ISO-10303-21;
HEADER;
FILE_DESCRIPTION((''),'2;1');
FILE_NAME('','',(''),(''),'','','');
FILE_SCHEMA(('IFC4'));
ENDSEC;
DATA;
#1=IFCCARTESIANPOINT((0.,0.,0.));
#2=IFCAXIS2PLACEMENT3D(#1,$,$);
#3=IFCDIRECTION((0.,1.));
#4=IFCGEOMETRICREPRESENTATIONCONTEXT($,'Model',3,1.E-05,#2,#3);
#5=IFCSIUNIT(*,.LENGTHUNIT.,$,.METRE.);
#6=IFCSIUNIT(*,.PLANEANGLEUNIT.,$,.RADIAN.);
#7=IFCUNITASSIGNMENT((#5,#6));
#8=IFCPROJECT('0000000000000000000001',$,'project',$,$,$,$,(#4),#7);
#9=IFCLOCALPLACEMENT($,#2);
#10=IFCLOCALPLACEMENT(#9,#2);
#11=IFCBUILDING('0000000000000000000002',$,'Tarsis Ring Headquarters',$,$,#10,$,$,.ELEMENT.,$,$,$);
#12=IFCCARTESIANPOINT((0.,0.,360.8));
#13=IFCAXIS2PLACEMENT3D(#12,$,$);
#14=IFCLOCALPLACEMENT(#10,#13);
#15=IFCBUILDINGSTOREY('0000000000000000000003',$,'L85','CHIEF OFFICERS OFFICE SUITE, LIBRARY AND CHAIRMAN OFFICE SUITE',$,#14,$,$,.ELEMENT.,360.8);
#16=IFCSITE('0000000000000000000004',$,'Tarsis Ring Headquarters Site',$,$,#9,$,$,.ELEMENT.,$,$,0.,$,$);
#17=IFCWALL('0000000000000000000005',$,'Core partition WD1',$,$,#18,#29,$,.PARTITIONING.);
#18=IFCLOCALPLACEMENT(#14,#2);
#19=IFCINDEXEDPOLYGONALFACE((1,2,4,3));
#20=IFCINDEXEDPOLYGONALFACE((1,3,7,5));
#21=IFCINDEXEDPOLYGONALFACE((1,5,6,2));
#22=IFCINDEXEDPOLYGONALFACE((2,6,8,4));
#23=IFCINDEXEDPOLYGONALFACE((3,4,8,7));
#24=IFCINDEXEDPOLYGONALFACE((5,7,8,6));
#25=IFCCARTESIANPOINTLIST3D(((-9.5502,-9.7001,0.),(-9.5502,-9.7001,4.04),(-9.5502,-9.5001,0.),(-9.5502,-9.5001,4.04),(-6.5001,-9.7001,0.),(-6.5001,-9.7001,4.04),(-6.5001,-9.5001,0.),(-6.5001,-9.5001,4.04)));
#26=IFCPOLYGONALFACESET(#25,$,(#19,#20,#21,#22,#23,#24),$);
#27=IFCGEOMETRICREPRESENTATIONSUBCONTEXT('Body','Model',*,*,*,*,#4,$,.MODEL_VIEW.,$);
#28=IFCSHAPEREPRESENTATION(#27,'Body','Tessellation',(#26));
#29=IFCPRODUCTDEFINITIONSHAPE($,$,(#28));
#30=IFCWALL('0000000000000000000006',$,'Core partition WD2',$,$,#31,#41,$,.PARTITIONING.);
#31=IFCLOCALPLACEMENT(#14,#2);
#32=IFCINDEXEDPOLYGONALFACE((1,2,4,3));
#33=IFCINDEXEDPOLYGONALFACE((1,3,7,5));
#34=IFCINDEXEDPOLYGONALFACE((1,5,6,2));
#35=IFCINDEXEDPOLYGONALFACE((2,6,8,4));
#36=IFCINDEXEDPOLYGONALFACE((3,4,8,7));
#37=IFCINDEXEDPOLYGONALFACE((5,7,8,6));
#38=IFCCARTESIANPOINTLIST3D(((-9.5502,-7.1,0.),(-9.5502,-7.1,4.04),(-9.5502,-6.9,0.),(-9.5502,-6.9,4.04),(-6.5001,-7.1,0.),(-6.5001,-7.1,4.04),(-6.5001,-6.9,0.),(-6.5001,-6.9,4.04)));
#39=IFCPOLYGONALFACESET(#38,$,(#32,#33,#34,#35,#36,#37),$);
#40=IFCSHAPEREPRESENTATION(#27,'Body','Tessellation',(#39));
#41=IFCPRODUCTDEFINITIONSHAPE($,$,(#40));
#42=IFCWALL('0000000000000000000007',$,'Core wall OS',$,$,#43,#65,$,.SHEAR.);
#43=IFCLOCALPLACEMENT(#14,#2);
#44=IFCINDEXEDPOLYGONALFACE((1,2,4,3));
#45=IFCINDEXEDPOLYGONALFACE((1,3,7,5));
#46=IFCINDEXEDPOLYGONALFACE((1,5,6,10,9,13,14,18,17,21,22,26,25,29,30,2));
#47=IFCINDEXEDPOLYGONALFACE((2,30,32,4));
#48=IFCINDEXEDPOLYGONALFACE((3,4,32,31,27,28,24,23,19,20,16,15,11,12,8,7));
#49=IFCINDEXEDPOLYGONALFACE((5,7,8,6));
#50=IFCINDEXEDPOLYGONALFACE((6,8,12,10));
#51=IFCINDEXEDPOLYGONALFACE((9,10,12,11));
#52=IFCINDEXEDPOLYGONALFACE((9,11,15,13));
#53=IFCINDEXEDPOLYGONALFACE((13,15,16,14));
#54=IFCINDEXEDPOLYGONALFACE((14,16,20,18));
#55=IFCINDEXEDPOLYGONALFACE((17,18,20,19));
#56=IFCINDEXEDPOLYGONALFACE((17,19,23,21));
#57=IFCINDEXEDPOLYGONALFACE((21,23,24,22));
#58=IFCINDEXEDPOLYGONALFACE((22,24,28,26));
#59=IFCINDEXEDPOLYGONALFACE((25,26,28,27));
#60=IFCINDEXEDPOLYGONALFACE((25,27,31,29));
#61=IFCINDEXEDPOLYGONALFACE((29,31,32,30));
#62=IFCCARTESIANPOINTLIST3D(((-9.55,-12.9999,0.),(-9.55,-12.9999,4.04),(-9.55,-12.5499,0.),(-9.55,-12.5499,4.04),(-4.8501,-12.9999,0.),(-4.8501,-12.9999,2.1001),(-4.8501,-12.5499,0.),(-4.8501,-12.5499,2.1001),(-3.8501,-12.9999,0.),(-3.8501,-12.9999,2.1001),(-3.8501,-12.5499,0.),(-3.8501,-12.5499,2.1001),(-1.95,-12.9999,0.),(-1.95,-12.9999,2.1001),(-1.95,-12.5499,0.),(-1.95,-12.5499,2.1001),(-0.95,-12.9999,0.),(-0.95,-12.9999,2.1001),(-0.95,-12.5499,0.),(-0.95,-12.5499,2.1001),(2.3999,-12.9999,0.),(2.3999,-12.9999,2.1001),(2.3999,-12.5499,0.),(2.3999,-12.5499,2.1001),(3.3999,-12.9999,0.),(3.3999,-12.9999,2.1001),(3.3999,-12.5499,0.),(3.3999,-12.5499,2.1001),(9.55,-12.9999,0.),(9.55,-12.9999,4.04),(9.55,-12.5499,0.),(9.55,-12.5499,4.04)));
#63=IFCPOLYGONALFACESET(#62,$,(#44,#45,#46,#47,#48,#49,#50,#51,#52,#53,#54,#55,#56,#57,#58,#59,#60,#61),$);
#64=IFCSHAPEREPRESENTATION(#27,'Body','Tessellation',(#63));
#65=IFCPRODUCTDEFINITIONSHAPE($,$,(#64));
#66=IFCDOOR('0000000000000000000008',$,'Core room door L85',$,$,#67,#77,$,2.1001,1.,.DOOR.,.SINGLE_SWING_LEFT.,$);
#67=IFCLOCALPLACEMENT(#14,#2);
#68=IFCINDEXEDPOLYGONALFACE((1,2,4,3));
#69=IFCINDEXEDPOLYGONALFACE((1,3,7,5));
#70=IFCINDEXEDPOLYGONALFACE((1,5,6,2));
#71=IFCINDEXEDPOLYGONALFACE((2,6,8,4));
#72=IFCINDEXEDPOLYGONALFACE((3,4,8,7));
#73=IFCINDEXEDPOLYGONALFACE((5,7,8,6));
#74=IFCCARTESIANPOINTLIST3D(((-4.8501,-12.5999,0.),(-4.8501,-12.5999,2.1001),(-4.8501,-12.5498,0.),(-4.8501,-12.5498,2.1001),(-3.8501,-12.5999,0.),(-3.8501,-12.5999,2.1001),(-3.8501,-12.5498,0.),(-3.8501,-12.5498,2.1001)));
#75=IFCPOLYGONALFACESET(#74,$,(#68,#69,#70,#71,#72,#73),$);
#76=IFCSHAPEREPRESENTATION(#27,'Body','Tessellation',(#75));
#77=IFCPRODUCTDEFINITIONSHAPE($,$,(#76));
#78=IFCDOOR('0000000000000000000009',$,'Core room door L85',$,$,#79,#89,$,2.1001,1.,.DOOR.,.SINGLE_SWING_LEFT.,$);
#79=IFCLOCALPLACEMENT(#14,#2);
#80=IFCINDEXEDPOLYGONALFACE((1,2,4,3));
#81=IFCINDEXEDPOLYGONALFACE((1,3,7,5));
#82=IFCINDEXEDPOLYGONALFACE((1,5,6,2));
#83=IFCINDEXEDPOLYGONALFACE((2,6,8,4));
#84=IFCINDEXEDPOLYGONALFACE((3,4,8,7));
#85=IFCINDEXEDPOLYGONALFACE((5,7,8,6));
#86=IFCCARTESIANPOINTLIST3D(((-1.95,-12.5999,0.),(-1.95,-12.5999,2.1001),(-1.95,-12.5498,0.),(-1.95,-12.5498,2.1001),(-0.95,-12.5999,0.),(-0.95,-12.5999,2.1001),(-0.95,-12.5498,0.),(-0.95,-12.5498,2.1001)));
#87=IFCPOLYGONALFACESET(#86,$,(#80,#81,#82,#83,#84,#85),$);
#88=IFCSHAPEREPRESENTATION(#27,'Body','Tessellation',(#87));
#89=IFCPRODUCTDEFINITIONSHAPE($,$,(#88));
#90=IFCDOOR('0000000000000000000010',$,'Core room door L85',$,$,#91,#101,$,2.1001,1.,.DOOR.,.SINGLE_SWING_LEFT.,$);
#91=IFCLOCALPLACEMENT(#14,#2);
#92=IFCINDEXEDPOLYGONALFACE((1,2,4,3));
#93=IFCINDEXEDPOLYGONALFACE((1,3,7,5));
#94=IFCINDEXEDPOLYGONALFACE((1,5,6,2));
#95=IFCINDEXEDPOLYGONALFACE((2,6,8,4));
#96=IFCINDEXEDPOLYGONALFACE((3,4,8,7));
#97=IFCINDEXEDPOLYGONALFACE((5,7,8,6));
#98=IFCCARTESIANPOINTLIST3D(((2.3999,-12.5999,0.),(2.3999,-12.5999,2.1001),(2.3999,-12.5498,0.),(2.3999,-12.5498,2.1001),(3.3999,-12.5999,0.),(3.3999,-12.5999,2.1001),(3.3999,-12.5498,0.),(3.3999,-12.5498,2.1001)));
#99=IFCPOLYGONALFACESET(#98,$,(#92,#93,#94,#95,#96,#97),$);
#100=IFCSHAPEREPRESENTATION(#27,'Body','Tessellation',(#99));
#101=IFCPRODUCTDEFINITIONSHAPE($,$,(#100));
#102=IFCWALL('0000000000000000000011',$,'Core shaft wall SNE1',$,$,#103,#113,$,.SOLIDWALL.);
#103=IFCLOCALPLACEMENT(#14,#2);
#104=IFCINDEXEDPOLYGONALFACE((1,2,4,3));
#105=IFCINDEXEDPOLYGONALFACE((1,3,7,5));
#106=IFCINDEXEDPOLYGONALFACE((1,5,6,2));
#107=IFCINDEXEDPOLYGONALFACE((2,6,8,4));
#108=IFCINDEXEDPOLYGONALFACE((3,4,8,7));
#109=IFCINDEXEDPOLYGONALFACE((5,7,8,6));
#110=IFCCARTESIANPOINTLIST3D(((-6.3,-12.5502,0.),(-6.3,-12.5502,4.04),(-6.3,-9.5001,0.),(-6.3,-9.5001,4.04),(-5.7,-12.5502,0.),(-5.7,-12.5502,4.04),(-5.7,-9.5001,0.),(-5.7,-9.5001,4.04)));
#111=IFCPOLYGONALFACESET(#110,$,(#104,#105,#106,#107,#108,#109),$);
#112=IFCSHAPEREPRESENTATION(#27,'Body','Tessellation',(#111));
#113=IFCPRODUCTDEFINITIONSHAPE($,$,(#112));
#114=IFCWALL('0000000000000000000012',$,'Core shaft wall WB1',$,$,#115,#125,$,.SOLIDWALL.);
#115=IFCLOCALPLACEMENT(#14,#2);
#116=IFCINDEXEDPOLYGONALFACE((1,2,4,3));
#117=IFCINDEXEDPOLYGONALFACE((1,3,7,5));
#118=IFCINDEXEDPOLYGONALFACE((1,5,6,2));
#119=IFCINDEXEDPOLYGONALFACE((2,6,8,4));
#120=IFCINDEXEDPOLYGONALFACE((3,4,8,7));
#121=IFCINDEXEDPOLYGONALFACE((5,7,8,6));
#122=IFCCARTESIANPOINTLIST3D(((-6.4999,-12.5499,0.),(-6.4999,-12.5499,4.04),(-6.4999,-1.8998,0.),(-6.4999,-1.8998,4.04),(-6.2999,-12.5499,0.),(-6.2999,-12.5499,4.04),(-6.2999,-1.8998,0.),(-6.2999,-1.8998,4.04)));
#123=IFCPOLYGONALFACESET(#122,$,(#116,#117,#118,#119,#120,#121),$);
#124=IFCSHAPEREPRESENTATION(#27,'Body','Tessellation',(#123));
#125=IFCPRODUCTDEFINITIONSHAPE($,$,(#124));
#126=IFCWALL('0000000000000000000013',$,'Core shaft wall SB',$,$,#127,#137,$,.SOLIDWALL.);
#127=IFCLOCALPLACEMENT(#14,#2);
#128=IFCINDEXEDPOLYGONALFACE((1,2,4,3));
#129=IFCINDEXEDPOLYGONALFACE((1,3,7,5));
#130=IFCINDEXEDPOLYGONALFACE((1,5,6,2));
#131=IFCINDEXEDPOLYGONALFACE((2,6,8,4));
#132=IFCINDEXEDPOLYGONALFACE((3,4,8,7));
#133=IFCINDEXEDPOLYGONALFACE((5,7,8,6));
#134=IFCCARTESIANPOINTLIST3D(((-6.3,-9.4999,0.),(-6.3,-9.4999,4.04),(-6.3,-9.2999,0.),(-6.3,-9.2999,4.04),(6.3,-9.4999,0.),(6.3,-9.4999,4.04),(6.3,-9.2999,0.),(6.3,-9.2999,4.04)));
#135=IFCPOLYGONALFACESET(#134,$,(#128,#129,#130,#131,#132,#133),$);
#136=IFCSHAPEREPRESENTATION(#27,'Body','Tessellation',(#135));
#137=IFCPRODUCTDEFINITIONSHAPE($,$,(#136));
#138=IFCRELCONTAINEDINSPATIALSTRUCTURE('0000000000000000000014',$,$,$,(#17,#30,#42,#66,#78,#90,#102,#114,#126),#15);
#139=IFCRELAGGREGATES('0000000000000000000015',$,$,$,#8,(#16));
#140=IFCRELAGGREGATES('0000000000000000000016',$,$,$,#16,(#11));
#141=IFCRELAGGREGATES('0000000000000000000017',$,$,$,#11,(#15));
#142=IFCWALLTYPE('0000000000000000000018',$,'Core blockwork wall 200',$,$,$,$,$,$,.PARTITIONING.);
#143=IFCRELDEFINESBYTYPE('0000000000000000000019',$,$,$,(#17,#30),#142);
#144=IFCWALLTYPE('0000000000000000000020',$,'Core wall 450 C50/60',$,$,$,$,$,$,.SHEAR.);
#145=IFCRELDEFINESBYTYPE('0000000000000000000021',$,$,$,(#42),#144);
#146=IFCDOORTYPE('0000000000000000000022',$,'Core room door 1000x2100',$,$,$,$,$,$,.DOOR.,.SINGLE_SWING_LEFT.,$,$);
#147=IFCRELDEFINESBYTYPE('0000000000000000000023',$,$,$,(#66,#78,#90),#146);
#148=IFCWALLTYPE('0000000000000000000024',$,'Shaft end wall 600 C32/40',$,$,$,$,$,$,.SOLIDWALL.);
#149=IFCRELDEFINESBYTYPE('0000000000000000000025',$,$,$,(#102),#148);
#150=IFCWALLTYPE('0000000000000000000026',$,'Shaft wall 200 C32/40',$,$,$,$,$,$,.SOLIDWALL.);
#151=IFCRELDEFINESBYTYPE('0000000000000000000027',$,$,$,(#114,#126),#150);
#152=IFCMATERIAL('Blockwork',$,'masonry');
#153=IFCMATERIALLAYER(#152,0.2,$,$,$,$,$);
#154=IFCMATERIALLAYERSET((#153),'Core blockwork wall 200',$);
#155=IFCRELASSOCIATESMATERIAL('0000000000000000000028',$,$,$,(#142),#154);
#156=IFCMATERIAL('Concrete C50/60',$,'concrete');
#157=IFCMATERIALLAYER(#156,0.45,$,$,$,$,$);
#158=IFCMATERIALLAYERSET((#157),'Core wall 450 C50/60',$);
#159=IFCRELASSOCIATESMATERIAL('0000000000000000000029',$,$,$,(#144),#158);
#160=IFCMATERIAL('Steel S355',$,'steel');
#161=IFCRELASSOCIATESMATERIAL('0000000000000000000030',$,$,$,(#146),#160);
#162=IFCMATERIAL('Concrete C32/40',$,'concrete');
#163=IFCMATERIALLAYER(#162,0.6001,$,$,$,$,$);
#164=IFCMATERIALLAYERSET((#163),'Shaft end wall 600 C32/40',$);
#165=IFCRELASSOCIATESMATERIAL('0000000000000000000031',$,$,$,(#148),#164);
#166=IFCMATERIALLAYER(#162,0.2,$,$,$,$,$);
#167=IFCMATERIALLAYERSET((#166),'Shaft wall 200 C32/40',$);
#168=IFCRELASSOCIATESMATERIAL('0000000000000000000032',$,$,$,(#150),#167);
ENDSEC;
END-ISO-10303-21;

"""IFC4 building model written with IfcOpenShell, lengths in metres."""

from ifc_helpers import new_model, si_unit, direction, frame, frame_2d, origin, place, context, subcontext, project, spatial, rectangle, extrude, material, layer, layer_set, type_object, element, fill, save


model = new_model("IFC4")

# Units and contexts
model_context = context("Model", 3, precision=1e-05, world=origin(), true_north=direction((0.0, 1.0)))
body_context = subcontext(model_context, "Body", "Model", "MODEL_VIEW")
ifc_project = project(units=[si_unit("LENGTHUNIT", "METRE"), si_unit("PLANEANGLEUNIT", "RADIAN")], contexts=[model_context])

# Site, building, storey
site_placement = place(None, origin())
site = spatial("IfcSite", under=ifc_project, at=site_placement, Name="Tarsis Ring Headquarters Site", CompositionType="ELEMENT", RefElevation=0.0)
building_placement = place(site_placement, origin())
building = spatial("IfcBuilding", under=site, at=building_placement, Name="Tarsis Ring Headquarters", CompositionType="ELEMENT")
storey_placement = place(building_placement, frame((0.0, 0.0, 360.8)))
storey = spatial("IfcBuildingStorey", under=building, at=storey_placement, Name="L85", Description="CHIEF OFFICERS OFFICE SUITE, LIBRARY AND CHAIRMAN OFFICE SUITE", CompositionType="ELEMENT", Elevation=360.8)

# Walls
ifc_material_1 = material(Name="Blockwork", Category="masonry")
ifc_layer_1 = layer(ifc_material_1, 0.2)
ifc_layer_set_1 = layer_set([ifc_layer_1], Name="Core blockwork wall 200")
wall_type_1 = type_object("IfcWallType", Name="Core blockwork wall 200", PredefinedType="PARTITIONING", material=ifc_layer_set_1)
for number, where, z_axis, x_axis, name in (
    (1, (-9.55, -9.6001, 0.0), (0.0, 0.0, 1.0), (1.0, 0.0, 0.0), "Core partition WD1"),
    (2, (-9.55, -7.0, 0.0), (0.0, 0.0, 1.0), (1.0, 0.0, 0.0), "Core partition WD2"),
):
    element("IfcWall", number, at=place(storey_placement, frame(where, z_axis=z_axis, x_axis=x_axis)), inside=storey, type_object=wall_type_1, Name=name, PredefinedType="PARTITIONING", context=body_context, shape_type="SweptSolid", body=[
        extrude(rectangle(XDim=3.05, YDim=0.2, at=frame_2d((1.5249, 0.0))), origin(), (0.0, 0.0, 1.0), 4.04),
    ])

# Wall, openings, doors
ifc_material_2 = material(Name="Concrete C50/60", Category="concrete")
ifc_layer_2 = layer(ifc_material_2, 0.45)
ifc_layer_set_2 = layer_set([ifc_layer_2], Name="Core wall 450 C50/60")
wall_type_2 = type_object("IfcWallType", Name="Core wall 450 C50/60", PredefinedType="SHEAR", material=ifc_layer_set_2)
wall_1_placement = place(storey_placement, frame((-9.55, -12.7749, 0.0), z_axis=(0.0, 0.0, 1.0), x_axis=(1.0, 0.0, 0.0)))
wall_1 = element("IfcWall", 3, at=wall_1_placement, inside=storey, type_object=wall_type_2, Name="Core wall OS", PredefinedType="SHEAR", context=body_context, shape_type="SweptSolid", body=[
    extrude(rectangle(XDim=19.1001, YDim=0.45, at=frame_2d((9.55, 0.0))), origin(), (0.0, 0.0, 1.0), 4.04),
])
opening_1_placement = place(wall_1_placement, frame((4.7, 0.0, 0.0)))
opening_1 = element("IfcOpeningElement", 4, at=opening_1_placement, cuts=wall_1, PredefinedType="OPENING", context=body_context, shape_type="SweptSolid", body=[
    extrude(rectangle(XDim=1.0, YDim=2.1001, at=frame_2d((0.5, 1.05))), frame((0.0, 0.2349, 0.0), z_axis=(0.0, -1.0, 0.0), x_axis=(1.0, 0.0, 0.0)), (0.0, 0.0, 1.0), 0.47),
])
opening_2_placement = place(wall_1_placement, frame((7.6001, 0.0, 0.0)))
opening_2 = element("IfcOpeningElement", 5, at=opening_2_placement, cuts=wall_1, PredefinedType="OPENING", context=body_context, shape_type="SweptSolid", body=[
    extrude(rectangle(XDim=1.0, YDim=2.1001, at=frame_2d((0.5, 1.05))), frame((0.0, 0.2349, 0.0), z_axis=(0.0, -1.0, 0.0), x_axis=(1.0, 0.0, 0.0)), (0.0, 0.0, 1.0), 0.47),
])
opening_3_placement = place(wall_1_placement, frame((11.95, 0.0, 0.0)))
opening_3 = element("IfcOpeningElement", 6, at=opening_3_placement, cuts=wall_1, PredefinedType="OPENING", context=body_context, shape_type="SweptSolid", body=[
    extrude(rectangle(XDim=1.0, YDim=2.1001, at=frame_2d((0.5, 1.05))), frame((0.0, 0.2349, 0.0), z_axis=(0.0, -1.0, 0.0), x_axis=(1.0, 0.0, 0.0)), (0.0, 0.0, 1.0), 0.47),
])
ifc_material_3 = material(Name="Steel S355", Category="steel")
door_type = type_object("IfcDoorType", Name="Core room door 1000x2100", OperationType="SINGLE_SWING_LEFT", PredefinedType="DOOR", material=ifc_material_3)
door_1_placement = place(opening_1_placement, origin())
door_1 = element("IfcDoor", 7, at=door_1_placement, inside=storey, type_object=door_type, Name="Core room door L85", OperationType="SINGLE_SWING_LEFT", OverallHeight=2.1001, OverallWidth=1.0, PredefinedType="DOOR", context=body_context, shape_type="SweptSolid", body=[
    extrude(rectangle(XDim=1.0, YDim=2.1001, at=frame_2d((0.5, 1.05))), frame((0.0, 0.2251, 0.0), z_axis=(0.0, -1.0, 0.0), x_axis=(1.0, 0.0, 0.0)), (0.0, 0.0, 1.0), 0.05),
])
fill(opening_1, door_1)
door_2_placement = place(opening_2_placement, origin())
door_2 = element("IfcDoor", 8, at=door_2_placement, inside=storey, type_object=door_type, Name="Core room door L85", OperationType="SINGLE_SWING_LEFT", OverallHeight=2.1001, OverallWidth=1.0, PredefinedType="DOOR", context=body_context, shape_type="SweptSolid", body=[
    extrude(rectangle(XDim=1.0, YDim=2.1001, at=frame_2d((0.5, 1.05))), frame((0.0, 0.2251, 0.0), z_axis=(0.0, -1.0, 0.0), x_axis=(1.0, 0.0, 0.0)), (0.0, 0.0, 1.0), 0.05),
])
fill(opening_2, door_2)
door_3_placement = place(opening_3_placement, origin())
door_3 = element("IfcDoor", 9, at=door_3_placement, inside=storey, type_object=door_type, Name="Core room door L85", OperationType="SINGLE_SWING_LEFT", OverallHeight=2.1001, OverallWidth=1.0, PredefinedType="DOOR", context=body_context, shape_type="SweptSolid", body=[
    extrude(rectangle(XDim=1.0, YDim=2.1001, at=frame_2d((0.5, 1.05))), frame((0.0, 0.2251, 0.0), z_axis=(0.0, -1.0, 0.0), x_axis=(1.0, 0.0, 0.0)), (0.0, 0.0, 1.0), 0.05),
])
fill(opening_3, door_3)

# Walls
ifc_material_4 = material(Name="Concrete C32/40", Category="concrete")
ifc_layer_3 = layer(ifc_material_4, 0.6001)
ifc_layer_set_3 = layer_set([ifc_layer_3], Name="Shaft end wall 600 C32/40")
wall_type_3 = type_object("IfcWallType", Name="Shaft end wall 600 C32/40", PredefinedType="SOLIDWALL", material=ifc_layer_set_3)
wall_2_placement = place(storey_placement, frame((-6.0, -12.55, 0.0), z_axis=(0.0, 0.0, 1.0), x_axis=(0.0, 1.0, 0.0)))
element("IfcWall", 10, at=wall_2_placement, inside=storey, type_object=wall_type_3, Name="Core shaft wall SNE1", PredefinedType="SOLIDWALL", context=body_context, shape_type="SweptSolid", body=[
    extrude(rectangle(XDim=3.05, YDim=0.6001, at=frame_2d((1.5249, 0.0))), origin(), (0.0, 0.0, 1.0), 4.04),
])
ifc_layer_4 = layer(ifc_material_4, 0.2)
ifc_layer_set_4 = layer_set([ifc_layer_4], Name="Shaft wall 200 C32/40")
wall_type_4 = type_object("IfcWallType", Name="Shaft wall 200 C32/40", PredefinedType="SOLIDWALL", material=ifc_layer_set_4)
wall_3_placement = place(storey_placement, frame((-6.3999, -12.55, 0.0), z_axis=(0.0, 0.0, 1.0), x_axis=(0.0, 1.0, 0.0)))
element("IfcWall", 11, at=wall_3_placement, inside=storey, type_object=wall_type_4, Name="Core shaft wall WB1", PredefinedType="SOLIDWALL", context=body_context, shape_type="SweptSolid", body=[
    extrude(rectangle(XDim=10.6501, YDim=0.2, at=frame_2d((5.3252, 0.0))), origin(), (0.0, 0.0, 1.0), 4.04),
])
wall_4_placement = place(storey_placement, frame((-6.3, -9.3999, 0.0), z_axis=(0.0, 0.0, 1.0), x_axis=(1.0, 0.0, 0.0)))
element("IfcWall", 12, at=wall_4_placement, inside=storey, type_object=wall_type_4, Name="Core shaft wall SB", PredefinedType="SOLIDWALL", context=body_context, shape_type="SweptSolid", body=[
    extrude(rectangle(XDim=12.6001, YDim=0.2, at=frame_2d((6.3, 0.0))), origin(), (0.0, 0.0, 1.0), 4.04),
])

save(model, "model.ifc")
